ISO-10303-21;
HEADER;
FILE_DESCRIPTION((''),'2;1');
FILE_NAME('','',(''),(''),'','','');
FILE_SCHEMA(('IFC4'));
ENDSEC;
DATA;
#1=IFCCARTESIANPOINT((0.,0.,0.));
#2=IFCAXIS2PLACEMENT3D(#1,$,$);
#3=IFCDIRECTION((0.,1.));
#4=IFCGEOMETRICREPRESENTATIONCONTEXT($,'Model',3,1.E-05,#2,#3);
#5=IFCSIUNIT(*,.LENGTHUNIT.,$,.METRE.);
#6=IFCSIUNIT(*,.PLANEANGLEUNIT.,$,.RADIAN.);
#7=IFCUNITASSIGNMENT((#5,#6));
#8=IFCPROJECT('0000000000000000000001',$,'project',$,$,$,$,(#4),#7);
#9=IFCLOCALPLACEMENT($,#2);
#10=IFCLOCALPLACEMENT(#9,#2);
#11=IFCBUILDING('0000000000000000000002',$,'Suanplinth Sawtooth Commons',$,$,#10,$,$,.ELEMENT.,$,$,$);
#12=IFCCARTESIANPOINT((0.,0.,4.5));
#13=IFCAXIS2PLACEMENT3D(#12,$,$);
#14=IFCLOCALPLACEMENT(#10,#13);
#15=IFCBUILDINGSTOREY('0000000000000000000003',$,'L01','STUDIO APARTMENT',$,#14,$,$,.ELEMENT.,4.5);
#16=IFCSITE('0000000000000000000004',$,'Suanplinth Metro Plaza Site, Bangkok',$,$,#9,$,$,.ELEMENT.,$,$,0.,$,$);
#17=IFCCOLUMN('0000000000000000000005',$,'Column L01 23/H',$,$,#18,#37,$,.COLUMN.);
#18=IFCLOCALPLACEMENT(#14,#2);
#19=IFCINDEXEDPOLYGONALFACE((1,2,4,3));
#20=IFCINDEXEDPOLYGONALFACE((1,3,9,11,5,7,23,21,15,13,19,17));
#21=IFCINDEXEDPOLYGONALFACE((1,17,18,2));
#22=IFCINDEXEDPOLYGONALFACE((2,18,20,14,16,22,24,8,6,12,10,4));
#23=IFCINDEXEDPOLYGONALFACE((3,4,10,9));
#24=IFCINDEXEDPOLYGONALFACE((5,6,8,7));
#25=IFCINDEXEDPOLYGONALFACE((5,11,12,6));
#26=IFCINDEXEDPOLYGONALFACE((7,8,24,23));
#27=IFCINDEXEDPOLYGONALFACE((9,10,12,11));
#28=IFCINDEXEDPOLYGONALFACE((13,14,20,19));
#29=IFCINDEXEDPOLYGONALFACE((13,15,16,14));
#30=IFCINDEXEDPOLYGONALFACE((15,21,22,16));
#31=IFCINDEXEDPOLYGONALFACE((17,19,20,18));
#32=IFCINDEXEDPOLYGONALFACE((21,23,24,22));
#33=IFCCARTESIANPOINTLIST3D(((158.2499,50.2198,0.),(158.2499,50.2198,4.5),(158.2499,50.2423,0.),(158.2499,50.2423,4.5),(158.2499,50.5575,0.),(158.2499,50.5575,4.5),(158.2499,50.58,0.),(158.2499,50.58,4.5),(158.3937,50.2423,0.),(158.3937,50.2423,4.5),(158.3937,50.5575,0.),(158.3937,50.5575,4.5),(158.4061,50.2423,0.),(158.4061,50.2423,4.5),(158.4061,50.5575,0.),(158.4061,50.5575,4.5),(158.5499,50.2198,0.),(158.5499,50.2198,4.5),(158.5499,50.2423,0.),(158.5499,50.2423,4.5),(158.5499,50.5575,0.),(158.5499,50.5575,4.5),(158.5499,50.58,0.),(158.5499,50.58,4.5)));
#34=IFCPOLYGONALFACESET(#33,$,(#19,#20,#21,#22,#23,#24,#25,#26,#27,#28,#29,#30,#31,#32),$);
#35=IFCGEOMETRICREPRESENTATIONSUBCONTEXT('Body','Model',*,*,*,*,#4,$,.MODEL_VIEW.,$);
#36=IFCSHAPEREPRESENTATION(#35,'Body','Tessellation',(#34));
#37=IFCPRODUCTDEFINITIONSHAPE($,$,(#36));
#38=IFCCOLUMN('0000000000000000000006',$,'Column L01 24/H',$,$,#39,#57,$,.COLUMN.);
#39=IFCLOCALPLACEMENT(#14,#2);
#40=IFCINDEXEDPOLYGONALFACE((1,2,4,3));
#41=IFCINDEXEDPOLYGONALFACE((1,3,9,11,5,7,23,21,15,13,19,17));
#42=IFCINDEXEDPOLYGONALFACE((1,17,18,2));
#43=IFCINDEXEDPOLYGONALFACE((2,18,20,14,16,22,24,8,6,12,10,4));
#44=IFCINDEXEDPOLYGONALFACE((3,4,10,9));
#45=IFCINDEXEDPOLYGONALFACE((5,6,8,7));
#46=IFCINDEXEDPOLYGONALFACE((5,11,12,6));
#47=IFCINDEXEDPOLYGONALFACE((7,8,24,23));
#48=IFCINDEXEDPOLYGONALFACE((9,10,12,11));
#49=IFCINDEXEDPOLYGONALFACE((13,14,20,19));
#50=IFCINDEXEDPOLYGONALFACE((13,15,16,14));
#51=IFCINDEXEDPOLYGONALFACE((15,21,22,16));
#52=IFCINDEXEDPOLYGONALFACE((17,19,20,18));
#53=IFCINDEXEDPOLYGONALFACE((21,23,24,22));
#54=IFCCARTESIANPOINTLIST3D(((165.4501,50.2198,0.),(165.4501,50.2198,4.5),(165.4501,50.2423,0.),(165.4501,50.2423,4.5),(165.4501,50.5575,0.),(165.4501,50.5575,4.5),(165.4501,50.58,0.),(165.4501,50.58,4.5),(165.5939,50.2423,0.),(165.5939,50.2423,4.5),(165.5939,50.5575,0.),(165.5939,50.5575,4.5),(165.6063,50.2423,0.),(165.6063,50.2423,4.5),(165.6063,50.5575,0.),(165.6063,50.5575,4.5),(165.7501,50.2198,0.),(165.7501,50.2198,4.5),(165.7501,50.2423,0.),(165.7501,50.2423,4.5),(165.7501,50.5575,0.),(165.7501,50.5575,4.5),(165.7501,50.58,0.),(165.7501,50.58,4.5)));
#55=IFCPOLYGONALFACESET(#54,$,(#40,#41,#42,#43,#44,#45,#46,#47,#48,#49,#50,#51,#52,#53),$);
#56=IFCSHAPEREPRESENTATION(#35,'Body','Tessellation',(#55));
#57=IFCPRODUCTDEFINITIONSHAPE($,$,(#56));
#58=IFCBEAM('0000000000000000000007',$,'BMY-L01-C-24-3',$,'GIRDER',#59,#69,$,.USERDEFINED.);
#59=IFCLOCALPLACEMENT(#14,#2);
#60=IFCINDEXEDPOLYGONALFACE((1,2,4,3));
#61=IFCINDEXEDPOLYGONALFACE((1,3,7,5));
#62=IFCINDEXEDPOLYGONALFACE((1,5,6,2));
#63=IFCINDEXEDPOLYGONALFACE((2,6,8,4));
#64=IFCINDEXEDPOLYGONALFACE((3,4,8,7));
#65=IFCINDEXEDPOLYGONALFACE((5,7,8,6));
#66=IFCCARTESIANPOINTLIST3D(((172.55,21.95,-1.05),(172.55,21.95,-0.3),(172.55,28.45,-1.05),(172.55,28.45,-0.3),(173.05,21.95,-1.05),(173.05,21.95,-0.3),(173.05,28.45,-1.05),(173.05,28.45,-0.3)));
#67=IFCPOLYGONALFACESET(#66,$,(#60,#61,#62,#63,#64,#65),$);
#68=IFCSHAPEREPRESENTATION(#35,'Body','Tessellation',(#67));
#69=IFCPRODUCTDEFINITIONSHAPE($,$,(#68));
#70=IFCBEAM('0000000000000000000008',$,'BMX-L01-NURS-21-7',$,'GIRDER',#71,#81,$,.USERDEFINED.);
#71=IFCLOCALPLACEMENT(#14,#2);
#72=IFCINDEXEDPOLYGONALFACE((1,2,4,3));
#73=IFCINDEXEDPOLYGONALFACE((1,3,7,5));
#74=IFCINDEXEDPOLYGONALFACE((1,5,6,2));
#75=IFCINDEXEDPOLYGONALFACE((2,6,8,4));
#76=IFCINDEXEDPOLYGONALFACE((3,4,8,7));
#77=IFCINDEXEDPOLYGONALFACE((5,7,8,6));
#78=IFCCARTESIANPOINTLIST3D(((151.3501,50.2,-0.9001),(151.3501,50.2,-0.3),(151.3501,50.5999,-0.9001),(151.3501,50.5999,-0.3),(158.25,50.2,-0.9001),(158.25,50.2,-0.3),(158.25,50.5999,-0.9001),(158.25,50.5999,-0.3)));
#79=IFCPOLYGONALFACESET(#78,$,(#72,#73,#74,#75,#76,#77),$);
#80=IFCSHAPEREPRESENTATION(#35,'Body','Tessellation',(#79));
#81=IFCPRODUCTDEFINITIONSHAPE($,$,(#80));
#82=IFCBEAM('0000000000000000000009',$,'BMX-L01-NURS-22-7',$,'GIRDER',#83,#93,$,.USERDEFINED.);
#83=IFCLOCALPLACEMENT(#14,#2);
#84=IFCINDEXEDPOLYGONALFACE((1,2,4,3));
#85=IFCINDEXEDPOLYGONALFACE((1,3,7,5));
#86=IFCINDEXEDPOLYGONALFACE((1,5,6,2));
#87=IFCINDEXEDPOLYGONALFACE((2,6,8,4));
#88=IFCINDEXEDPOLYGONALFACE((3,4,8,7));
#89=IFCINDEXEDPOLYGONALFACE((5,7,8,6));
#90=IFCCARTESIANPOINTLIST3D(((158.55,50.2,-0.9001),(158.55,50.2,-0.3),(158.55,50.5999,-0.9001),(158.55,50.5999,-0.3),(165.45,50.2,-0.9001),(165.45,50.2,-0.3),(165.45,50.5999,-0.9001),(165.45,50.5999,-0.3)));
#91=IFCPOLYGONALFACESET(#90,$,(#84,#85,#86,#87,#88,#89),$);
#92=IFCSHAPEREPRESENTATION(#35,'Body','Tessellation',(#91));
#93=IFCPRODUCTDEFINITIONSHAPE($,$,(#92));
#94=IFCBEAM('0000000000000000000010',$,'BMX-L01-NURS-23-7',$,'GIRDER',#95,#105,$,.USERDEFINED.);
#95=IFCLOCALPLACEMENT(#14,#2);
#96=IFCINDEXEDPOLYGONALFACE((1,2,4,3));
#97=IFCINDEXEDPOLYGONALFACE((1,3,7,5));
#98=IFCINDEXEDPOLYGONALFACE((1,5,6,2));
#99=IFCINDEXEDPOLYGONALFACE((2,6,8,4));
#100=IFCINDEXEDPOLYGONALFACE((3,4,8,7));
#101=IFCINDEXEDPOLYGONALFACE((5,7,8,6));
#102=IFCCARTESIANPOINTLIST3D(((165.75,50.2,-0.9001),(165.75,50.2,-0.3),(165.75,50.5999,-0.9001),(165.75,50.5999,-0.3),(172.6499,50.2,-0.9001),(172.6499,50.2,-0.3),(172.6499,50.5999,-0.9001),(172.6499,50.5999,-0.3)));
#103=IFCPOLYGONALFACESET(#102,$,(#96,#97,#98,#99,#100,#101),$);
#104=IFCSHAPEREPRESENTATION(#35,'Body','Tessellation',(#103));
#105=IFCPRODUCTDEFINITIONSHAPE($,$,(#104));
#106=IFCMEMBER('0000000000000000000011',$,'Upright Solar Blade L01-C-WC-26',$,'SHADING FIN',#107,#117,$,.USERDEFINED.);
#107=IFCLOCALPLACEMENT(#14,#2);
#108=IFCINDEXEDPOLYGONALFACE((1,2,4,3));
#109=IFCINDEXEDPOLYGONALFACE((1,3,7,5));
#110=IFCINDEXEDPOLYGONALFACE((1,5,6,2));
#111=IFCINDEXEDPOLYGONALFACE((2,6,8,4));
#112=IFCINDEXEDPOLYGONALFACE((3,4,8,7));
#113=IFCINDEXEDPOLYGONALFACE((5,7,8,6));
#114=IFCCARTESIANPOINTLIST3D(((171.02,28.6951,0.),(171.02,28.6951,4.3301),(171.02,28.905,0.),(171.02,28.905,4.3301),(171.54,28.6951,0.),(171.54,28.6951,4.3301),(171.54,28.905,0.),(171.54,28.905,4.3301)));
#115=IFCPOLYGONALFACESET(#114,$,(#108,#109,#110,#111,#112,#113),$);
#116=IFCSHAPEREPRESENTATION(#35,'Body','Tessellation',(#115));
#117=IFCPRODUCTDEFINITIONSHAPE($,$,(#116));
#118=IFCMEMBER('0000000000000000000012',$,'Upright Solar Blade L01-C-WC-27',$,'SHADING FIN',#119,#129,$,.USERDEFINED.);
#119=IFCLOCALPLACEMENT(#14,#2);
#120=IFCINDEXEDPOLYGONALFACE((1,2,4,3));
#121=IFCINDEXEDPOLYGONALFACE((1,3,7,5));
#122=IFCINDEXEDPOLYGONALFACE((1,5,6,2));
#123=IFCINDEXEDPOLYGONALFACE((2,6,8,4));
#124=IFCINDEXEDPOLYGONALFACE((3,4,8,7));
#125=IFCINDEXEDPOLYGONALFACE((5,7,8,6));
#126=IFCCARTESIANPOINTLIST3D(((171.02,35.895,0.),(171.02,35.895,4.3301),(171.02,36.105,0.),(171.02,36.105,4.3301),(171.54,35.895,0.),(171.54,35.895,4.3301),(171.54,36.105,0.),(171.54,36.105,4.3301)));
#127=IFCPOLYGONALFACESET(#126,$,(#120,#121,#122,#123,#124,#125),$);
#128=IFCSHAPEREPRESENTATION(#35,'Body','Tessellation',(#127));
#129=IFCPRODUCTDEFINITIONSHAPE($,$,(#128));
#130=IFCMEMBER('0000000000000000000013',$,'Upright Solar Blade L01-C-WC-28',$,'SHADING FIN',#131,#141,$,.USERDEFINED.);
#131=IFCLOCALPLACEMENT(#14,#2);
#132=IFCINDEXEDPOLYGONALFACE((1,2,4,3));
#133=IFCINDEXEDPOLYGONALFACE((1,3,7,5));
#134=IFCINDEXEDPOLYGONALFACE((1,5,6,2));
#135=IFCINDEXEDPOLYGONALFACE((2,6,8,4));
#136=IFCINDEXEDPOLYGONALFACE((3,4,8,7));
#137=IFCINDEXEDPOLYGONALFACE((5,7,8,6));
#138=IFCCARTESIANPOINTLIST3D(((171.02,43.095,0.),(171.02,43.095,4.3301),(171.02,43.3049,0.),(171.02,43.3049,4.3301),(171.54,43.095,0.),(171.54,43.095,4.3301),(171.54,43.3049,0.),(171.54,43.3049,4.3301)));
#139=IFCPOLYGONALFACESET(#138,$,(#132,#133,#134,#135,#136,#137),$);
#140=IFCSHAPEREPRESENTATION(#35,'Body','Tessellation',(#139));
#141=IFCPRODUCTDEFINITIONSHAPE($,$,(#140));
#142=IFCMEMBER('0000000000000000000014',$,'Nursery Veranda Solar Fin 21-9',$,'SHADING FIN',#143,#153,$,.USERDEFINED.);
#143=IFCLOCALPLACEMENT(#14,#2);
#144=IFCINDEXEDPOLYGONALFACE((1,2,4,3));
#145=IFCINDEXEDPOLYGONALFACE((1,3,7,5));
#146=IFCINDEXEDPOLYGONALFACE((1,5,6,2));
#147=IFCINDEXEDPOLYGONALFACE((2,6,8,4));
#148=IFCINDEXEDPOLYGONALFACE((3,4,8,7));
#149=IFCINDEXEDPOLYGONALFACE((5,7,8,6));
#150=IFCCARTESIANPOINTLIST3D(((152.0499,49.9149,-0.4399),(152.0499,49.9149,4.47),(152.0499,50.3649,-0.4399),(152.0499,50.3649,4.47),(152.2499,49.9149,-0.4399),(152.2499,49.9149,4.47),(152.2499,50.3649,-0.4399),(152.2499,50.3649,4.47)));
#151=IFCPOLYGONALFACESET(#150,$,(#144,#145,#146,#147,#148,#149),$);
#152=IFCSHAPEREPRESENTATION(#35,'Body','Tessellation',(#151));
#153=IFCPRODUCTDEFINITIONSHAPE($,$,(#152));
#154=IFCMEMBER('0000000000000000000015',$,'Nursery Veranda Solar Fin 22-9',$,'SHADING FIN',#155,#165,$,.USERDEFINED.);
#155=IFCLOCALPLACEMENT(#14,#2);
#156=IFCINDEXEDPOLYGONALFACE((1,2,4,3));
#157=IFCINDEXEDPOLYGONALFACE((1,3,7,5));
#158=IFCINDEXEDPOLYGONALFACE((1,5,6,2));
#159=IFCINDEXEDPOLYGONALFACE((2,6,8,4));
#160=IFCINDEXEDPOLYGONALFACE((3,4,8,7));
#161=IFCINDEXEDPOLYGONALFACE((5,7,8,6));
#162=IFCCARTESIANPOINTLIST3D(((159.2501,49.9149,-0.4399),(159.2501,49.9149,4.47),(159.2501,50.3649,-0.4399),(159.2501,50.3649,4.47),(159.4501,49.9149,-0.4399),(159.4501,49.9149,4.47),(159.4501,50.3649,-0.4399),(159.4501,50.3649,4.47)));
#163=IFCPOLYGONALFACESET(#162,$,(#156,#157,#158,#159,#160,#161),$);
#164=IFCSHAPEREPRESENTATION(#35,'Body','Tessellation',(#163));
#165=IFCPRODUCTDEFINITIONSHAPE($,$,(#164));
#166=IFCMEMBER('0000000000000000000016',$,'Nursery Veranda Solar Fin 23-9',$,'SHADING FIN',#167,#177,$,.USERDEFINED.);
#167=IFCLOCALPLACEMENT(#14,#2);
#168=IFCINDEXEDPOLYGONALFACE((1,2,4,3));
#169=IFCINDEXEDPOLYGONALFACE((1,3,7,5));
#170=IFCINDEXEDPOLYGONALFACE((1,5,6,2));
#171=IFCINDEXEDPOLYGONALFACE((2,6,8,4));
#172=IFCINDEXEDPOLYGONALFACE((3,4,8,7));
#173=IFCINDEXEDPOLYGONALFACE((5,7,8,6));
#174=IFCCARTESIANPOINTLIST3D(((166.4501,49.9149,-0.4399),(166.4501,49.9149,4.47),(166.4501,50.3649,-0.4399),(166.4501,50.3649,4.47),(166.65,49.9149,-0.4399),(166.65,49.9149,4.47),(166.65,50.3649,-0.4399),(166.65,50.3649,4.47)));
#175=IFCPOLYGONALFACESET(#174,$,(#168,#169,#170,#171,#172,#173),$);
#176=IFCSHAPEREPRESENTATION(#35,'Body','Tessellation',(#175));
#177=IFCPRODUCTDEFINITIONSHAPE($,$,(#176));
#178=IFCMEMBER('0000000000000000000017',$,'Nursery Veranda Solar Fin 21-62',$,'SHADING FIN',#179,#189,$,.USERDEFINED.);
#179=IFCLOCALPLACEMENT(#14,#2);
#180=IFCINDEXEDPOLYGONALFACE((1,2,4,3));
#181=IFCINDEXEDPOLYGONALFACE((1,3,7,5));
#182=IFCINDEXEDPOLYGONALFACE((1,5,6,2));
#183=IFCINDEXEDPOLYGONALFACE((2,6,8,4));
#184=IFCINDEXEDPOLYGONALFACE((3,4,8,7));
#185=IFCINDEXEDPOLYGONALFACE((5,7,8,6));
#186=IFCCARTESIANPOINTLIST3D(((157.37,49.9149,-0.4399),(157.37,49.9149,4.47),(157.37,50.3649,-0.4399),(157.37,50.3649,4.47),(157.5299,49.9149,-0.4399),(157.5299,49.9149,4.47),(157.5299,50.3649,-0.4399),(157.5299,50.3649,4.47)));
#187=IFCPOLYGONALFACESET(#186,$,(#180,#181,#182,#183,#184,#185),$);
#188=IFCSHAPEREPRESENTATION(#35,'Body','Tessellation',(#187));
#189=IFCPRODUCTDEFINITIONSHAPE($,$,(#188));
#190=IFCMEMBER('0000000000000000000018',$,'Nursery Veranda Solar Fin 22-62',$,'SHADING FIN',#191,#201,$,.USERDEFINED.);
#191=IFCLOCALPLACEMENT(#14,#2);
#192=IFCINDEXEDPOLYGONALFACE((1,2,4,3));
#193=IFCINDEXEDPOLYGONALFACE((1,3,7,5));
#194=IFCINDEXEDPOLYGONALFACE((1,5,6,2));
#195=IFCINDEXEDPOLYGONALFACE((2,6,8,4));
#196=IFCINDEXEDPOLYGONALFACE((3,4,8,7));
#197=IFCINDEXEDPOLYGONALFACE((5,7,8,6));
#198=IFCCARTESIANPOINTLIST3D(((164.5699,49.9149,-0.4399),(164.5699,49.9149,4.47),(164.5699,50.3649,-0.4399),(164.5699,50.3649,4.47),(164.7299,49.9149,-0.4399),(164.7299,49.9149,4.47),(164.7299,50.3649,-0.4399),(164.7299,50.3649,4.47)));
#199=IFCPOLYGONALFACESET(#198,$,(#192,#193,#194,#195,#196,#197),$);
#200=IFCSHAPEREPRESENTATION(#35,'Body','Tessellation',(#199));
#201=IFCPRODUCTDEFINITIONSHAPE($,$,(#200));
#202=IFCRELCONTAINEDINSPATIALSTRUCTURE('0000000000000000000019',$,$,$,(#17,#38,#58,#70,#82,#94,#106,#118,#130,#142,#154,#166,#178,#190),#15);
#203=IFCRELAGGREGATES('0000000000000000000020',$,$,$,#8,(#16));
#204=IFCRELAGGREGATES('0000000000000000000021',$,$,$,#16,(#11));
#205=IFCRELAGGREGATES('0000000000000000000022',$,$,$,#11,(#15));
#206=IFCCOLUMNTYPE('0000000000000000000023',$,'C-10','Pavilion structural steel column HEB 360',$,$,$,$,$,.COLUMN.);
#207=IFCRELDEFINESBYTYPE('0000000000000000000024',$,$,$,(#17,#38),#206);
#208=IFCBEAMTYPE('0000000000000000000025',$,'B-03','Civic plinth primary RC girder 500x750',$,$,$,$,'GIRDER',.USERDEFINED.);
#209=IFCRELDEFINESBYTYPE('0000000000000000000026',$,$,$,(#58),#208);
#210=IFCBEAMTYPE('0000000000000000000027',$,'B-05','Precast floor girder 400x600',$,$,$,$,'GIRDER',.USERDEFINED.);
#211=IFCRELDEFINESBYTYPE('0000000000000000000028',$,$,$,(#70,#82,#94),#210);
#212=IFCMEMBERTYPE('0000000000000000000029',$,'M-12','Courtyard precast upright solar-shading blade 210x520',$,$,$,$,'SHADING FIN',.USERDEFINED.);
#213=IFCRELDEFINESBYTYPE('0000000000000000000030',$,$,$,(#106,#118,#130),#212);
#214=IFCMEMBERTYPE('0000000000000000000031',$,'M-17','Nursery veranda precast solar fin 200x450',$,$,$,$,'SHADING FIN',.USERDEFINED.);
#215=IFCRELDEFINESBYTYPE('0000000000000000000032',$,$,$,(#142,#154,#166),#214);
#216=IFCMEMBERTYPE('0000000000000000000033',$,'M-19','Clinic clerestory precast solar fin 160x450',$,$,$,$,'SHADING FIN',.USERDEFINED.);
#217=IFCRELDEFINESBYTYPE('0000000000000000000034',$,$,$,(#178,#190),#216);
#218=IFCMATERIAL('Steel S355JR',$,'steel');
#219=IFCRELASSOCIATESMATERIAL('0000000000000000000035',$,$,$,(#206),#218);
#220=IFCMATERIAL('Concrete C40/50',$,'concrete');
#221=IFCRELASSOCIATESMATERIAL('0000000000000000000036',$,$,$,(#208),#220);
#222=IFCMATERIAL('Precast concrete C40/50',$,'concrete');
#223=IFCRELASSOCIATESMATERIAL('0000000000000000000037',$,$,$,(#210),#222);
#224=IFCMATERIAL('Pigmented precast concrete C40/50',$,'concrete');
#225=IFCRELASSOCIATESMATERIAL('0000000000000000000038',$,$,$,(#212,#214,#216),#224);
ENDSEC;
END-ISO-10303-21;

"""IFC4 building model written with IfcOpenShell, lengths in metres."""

from ifc_helpers import new_model, si_unit, direction, frame, origin, origin_2d, place, context, subcontext, project, spatial, rectangle, i_section, extrude, material, material_profile, profile_set, type_object, element, save


model = new_model("IFC4")

# Units and contexts
model_context = context("Model", 3, precision=1e-05, world=origin(), true_north=direction((0.0, 1.0)))
body_context = subcontext(model_context, "Body", "Model", "MODEL_VIEW")
ifc_project = project(units=[si_unit("LENGTHUNIT", "METRE"), si_unit("PLANEANGLEUNIT", "RADIAN")], contexts=[model_context])

# Site, building, storey
site_placement = place(None, origin())
site = spatial("IfcSite", under=ifc_project, at=site_placement, Name="Suanplinth Metro Plaza Site, Bangkok", CompositionType="ELEMENT", RefElevation=0.0)
building_placement = place(site_placement, origin())
building = spatial("IfcBuilding", under=site, at=building_placement, Name="Suanplinth Sawtooth Commons", CompositionType="ELEMENT")
storey_placement = place(building_placement, frame((0.0, 0.0, 4.5)))
storey = spatial("IfcBuildingStorey", under=building, at=storey_placement, Name="L01", Description="STUDIO APARTMENT", CompositionType="ELEMENT", Elevation=4.5)

# Columns
ifc_material_1 = material(Name="Steel S355JR", Category="steel")
ifc_material_profile_1 = material_profile(ifc_material_1, i_section(OverallWidth=0.3, OverallDepth=0.3601, WebThickness=0.0125, FlangeThickness=0.0225, at=origin_2d()), Name="HEB 360")
ifc_profile_set_1 = profile_set([ifc_material_profile_1], Name="Steel S355JR")
column_type = type_object("IfcColumnType", Name="C-10", Description="Pavilion structural steel column HEB 360", PredefinedType="COLUMN", material=ifc_profile_set_1)
for number, where, z_axis, x_axis, name in (
    (1, (158.3999, 50.3999, 0.0), (0.0, 0.0, 1.0), (1.0, 0.0, 0.0), "Column L01 23/H"),
    (2, (165.6001, 50.3999, 0.0), (0.0, 0.0, 1.0), (1.0, 0.0, 0.0), "Column L01 24/H"),
):
    element("IfcColumn", number, at=place(storey_placement, frame(where, z_axis=z_axis, x_axis=x_axis)), inside=storey, type_object=column_type, Name=name, PredefinedType="COLUMN", context=body_context, shape_type="SweptSolid", body=[
        extrude(i_section(OverallWidth=0.3, OverallDepth=0.3601, WebThickness=0.0125, FlangeThickness=0.0225, at=origin_2d()), origin(), (0.0, 0.0, 1.0), 4.5),
    ])

# Beams
ifc_material_2 = material(Name="Concrete C40/50", Category="concrete")
ifc_material_profile_2 = material_profile(ifc_material_2, rectangle(XDim=0.5, YDim=0.75, at=origin_2d()), Name="RC-GDR 500x750")
ifc_profile_set_2 = profile_set([ifc_material_profile_2], Name="Concrete C40/50")
beam_type_1 = type_object("IfcBeamType", Name="B-03", Description="Civic plinth primary RC girder 500x750", ElementType="GIRDER", PredefinedType="USERDEFINED", material=ifc_profile_set_2)
beam_placement = place(storey_placement, frame((172.8, 21.95, -0.675), z_axis=(0.0, 1.0, 0.0), x_axis=(-1.0, 0.0, 0.0)))
element("IfcBeam", 3, at=beam_placement, inside=storey, type_object=beam_type_1, Name="BMY-L01-C-24-3", ObjectType="GIRDER", PredefinedType="USERDEFINED", context=body_context, shape_type="SweptSolid", body=[
    extrude(rectangle(XDim=0.5, YDim=0.75, at=origin_2d()), origin(), (0.0, 0.0, 1.0), 6.5),
])
ifc_material_3 = material(Name="Precast concrete C40/50", Category="concrete")
ifc_material_profile_3 = material_profile(ifc_material_3, rectangle(XDim=0.3999, YDim=0.6001, at=origin_2d()), Name="PC-GDR 400x600")
ifc_profile_set_3 = profile_set([ifc_material_profile_3], Name="Precast concrete C40/50")
beam_type_2 = type_object("IfcBeamType", Name="B-05", Description="Precast floor girder 400x600", ElementType="GIRDER", PredefinedType="USERDEFINED", material=ifc_profile_set_3)
for number, where, z_axis, x_axis, name in (
    (4, (151.3501, 50.3999, -0.6001), (1.0, 0.0, 0.0), (0.0, 1.0, 0.0), "BMX-L01-NURS-21-7"),
    (5, (158.55, 50.3999, -0.6001), (1.0, 0.0, 0.0), (0.0, 1.0, 0.0), "BMX-L01-NURS-22-7"),
    (6, (165.75, 50.3999, -0.6001), (1.0, 0.0, 0.0), (0.0, 1.0, 0.0), "BMX-L01-NURS-23-7"),
):
    element("IfcBeam", number, at=place(storey_placement, frame(where, z_axis=z_axis, x_axis=x_axis)), inside=storey, type_object=beam_type_2, Name=name, ObjectType="GIRDER", PredefinedType="USERDEFINED", context=body_context, shape_type="SweptSolid", body=[
        extrude(rectangle(XDim=0.3999, YDim=0.6001, at=origin_2d()), origin(), (0.0, 0.0, 1.0), 6.8999),
    ])

# Members
ifc_material_4 = material(Name="Pigmented precast concrete C40/50", Category="concrete")
ifc_material_profile_4 = material_profile(ifc_material_4, rectangle(XDim=0.21, YDim=0.52, at=origin_2d()), Name="PC-FIN 210x520")
ifc_profile_set_4 = profile_set([ifc_material_profile_4], Name="Pigmented precast concrete C40/50")
member_type_1 = type_object("IfcMemberType", Name="M-12", Description="Courtyard precast upright solar-shading blade 210x520", ElementType="SHADING FIN", PredefinedType="USERDEFINED", material=ifc_profile_set_4)
for number, where, z_axis, x_axis, name in (
    (7, (171.28, 28.8, 0.0), (0.0, 0.0, 1.0), (0.0, 1.0, 0.0), "Upright Solar Blade L01-C-WC-26"),
    (8, (171.28, 36.0, 0.0), (0.0, 0.0, 1.0), (0.0, 1.0, 0.0), "Upright Solar Blade L01-C-WC-27"),
    (9, (171.28, 43.2, 0.0), (0.0, 0.0, 1.0), (0.0, 1.0, 0.0), "Upright Solar Blade L01-C-WC-28"),
):
    element("IfcMember", number, at=place(storey_placement, frame(where, z_axis=z_axis, x_axis=x_axis)), inside=storey, type_object=member_type_1, Name=name, ObjectType="SHADING FIN", PredefinedType="USERDEFINED", context=body_context, shape_type="SweptSolid", body=[
        extrude(rectangle(XDim=0.21, YDim=0.52, at=origin_2d()), origin(), (0.0, 0.0, 1.0), 4.3301),
    ])
ifc_material_profile_5 = material_profile(ifc_material_4, rectangle(XDim=0.2, YDim=0.45, at=origin_2d()), Name="PC-FIN 200x450")
ifc_profile_set_5 = profile_set([ifc_material_profile_5], Name="Pigmented precast concrete C40/50")
member_type_2 = type_object("IfcMemberType", Name="M-17", Description="Nursery veranda precast solar fin 200x450", ElementType="SHADING FIN", PredefinedType="USERDEFINED", material=ifc_profile_set_5)
for number, where, z_axis, x_axis, name in (
    (10, (152.1499, 50.1399, -0.4399), (0.0, 0.0, 1.0), (1.0, 0.0, 0.0), "Nursery Veranda Solar Fin 21-9"),
    (11, (159.3501, 50.1399, -0.4399), (0.0, 0.0, 1.0), (1.0, 0.0, 0.0), "Nursery Veranda Solar Fin 22-9"),
    (12, (166.55, 50.1399, -0.4399), (0.0, 0.0, 1.0), (1.0, 0.0, 0.0), "Nursery Veranda Solar Fin 23-9"),
):
    element("IfcMember", number, at=place(storey_placement, frame(where, z_axis=z_axis, x_axis=x_axis)), inside=storey, type_object=member_type_2, Name=name, ObjectType="SHADING FIN", PredefinedType="USERDEFINED", context=body_context, shape_type="SweptSolid", body=[
        extrude(rectangle(XDim=0.2, YDim=0.45, at=origin_2d()), origin(), (0.0, 0.0, 1.0), 4.9099),
    ])
ifc_material_profile_6 = material_profile(ifc_material_4, rectangle(XDim=0.1599, YDim=0.45, at=origin_2d()), Name="PC-FIN 160x450")
ifc_profile_set_6 = profile_set([ifc_material_profile_6], Name="Pigmented precast concrete C40/50")
member_type_3 = type_object("IfcMemberType", Name="M-19", Description="Clinic clerestory precast solar fin 160x450", ElementType="SHADING FIN", PredefinedType="USERDEFINED", material=ifc_profile_set_6)
for number, where, z_axis, x_axis, name in (
    (13, (157.45, 50.1399, -0.4399), (0.0, 0.0, 1.0), (1.0, 0.0, 0.0), "Nursery Veranda Solar Fin 21-62"),
    (14, (164.6499, 50.1399, -0.4399), (0.0, 0.0, 1.0), (1.0, 0.0, 0.0), "Nursery Veranda Solar Fin 22-62"),
):
    element("IfcMember", number, at=place(storey_placement, frame(where, z_axis=z_axis, x_axis=x_axis)), inside=storey, type_object=member_type_3, Name=name, ObjectType="SHADING FIN", PredefinedType="USERDEFINED", context=body_context, shape_type="SweptSolid", body=[
        extrude(rectangle(XDim=0.1599, YDim=0.45, at=origin_2d()), origin(), (0.0, 0.0, 1.0), 4.9099),
    ])

save(model, "model.ifc")
